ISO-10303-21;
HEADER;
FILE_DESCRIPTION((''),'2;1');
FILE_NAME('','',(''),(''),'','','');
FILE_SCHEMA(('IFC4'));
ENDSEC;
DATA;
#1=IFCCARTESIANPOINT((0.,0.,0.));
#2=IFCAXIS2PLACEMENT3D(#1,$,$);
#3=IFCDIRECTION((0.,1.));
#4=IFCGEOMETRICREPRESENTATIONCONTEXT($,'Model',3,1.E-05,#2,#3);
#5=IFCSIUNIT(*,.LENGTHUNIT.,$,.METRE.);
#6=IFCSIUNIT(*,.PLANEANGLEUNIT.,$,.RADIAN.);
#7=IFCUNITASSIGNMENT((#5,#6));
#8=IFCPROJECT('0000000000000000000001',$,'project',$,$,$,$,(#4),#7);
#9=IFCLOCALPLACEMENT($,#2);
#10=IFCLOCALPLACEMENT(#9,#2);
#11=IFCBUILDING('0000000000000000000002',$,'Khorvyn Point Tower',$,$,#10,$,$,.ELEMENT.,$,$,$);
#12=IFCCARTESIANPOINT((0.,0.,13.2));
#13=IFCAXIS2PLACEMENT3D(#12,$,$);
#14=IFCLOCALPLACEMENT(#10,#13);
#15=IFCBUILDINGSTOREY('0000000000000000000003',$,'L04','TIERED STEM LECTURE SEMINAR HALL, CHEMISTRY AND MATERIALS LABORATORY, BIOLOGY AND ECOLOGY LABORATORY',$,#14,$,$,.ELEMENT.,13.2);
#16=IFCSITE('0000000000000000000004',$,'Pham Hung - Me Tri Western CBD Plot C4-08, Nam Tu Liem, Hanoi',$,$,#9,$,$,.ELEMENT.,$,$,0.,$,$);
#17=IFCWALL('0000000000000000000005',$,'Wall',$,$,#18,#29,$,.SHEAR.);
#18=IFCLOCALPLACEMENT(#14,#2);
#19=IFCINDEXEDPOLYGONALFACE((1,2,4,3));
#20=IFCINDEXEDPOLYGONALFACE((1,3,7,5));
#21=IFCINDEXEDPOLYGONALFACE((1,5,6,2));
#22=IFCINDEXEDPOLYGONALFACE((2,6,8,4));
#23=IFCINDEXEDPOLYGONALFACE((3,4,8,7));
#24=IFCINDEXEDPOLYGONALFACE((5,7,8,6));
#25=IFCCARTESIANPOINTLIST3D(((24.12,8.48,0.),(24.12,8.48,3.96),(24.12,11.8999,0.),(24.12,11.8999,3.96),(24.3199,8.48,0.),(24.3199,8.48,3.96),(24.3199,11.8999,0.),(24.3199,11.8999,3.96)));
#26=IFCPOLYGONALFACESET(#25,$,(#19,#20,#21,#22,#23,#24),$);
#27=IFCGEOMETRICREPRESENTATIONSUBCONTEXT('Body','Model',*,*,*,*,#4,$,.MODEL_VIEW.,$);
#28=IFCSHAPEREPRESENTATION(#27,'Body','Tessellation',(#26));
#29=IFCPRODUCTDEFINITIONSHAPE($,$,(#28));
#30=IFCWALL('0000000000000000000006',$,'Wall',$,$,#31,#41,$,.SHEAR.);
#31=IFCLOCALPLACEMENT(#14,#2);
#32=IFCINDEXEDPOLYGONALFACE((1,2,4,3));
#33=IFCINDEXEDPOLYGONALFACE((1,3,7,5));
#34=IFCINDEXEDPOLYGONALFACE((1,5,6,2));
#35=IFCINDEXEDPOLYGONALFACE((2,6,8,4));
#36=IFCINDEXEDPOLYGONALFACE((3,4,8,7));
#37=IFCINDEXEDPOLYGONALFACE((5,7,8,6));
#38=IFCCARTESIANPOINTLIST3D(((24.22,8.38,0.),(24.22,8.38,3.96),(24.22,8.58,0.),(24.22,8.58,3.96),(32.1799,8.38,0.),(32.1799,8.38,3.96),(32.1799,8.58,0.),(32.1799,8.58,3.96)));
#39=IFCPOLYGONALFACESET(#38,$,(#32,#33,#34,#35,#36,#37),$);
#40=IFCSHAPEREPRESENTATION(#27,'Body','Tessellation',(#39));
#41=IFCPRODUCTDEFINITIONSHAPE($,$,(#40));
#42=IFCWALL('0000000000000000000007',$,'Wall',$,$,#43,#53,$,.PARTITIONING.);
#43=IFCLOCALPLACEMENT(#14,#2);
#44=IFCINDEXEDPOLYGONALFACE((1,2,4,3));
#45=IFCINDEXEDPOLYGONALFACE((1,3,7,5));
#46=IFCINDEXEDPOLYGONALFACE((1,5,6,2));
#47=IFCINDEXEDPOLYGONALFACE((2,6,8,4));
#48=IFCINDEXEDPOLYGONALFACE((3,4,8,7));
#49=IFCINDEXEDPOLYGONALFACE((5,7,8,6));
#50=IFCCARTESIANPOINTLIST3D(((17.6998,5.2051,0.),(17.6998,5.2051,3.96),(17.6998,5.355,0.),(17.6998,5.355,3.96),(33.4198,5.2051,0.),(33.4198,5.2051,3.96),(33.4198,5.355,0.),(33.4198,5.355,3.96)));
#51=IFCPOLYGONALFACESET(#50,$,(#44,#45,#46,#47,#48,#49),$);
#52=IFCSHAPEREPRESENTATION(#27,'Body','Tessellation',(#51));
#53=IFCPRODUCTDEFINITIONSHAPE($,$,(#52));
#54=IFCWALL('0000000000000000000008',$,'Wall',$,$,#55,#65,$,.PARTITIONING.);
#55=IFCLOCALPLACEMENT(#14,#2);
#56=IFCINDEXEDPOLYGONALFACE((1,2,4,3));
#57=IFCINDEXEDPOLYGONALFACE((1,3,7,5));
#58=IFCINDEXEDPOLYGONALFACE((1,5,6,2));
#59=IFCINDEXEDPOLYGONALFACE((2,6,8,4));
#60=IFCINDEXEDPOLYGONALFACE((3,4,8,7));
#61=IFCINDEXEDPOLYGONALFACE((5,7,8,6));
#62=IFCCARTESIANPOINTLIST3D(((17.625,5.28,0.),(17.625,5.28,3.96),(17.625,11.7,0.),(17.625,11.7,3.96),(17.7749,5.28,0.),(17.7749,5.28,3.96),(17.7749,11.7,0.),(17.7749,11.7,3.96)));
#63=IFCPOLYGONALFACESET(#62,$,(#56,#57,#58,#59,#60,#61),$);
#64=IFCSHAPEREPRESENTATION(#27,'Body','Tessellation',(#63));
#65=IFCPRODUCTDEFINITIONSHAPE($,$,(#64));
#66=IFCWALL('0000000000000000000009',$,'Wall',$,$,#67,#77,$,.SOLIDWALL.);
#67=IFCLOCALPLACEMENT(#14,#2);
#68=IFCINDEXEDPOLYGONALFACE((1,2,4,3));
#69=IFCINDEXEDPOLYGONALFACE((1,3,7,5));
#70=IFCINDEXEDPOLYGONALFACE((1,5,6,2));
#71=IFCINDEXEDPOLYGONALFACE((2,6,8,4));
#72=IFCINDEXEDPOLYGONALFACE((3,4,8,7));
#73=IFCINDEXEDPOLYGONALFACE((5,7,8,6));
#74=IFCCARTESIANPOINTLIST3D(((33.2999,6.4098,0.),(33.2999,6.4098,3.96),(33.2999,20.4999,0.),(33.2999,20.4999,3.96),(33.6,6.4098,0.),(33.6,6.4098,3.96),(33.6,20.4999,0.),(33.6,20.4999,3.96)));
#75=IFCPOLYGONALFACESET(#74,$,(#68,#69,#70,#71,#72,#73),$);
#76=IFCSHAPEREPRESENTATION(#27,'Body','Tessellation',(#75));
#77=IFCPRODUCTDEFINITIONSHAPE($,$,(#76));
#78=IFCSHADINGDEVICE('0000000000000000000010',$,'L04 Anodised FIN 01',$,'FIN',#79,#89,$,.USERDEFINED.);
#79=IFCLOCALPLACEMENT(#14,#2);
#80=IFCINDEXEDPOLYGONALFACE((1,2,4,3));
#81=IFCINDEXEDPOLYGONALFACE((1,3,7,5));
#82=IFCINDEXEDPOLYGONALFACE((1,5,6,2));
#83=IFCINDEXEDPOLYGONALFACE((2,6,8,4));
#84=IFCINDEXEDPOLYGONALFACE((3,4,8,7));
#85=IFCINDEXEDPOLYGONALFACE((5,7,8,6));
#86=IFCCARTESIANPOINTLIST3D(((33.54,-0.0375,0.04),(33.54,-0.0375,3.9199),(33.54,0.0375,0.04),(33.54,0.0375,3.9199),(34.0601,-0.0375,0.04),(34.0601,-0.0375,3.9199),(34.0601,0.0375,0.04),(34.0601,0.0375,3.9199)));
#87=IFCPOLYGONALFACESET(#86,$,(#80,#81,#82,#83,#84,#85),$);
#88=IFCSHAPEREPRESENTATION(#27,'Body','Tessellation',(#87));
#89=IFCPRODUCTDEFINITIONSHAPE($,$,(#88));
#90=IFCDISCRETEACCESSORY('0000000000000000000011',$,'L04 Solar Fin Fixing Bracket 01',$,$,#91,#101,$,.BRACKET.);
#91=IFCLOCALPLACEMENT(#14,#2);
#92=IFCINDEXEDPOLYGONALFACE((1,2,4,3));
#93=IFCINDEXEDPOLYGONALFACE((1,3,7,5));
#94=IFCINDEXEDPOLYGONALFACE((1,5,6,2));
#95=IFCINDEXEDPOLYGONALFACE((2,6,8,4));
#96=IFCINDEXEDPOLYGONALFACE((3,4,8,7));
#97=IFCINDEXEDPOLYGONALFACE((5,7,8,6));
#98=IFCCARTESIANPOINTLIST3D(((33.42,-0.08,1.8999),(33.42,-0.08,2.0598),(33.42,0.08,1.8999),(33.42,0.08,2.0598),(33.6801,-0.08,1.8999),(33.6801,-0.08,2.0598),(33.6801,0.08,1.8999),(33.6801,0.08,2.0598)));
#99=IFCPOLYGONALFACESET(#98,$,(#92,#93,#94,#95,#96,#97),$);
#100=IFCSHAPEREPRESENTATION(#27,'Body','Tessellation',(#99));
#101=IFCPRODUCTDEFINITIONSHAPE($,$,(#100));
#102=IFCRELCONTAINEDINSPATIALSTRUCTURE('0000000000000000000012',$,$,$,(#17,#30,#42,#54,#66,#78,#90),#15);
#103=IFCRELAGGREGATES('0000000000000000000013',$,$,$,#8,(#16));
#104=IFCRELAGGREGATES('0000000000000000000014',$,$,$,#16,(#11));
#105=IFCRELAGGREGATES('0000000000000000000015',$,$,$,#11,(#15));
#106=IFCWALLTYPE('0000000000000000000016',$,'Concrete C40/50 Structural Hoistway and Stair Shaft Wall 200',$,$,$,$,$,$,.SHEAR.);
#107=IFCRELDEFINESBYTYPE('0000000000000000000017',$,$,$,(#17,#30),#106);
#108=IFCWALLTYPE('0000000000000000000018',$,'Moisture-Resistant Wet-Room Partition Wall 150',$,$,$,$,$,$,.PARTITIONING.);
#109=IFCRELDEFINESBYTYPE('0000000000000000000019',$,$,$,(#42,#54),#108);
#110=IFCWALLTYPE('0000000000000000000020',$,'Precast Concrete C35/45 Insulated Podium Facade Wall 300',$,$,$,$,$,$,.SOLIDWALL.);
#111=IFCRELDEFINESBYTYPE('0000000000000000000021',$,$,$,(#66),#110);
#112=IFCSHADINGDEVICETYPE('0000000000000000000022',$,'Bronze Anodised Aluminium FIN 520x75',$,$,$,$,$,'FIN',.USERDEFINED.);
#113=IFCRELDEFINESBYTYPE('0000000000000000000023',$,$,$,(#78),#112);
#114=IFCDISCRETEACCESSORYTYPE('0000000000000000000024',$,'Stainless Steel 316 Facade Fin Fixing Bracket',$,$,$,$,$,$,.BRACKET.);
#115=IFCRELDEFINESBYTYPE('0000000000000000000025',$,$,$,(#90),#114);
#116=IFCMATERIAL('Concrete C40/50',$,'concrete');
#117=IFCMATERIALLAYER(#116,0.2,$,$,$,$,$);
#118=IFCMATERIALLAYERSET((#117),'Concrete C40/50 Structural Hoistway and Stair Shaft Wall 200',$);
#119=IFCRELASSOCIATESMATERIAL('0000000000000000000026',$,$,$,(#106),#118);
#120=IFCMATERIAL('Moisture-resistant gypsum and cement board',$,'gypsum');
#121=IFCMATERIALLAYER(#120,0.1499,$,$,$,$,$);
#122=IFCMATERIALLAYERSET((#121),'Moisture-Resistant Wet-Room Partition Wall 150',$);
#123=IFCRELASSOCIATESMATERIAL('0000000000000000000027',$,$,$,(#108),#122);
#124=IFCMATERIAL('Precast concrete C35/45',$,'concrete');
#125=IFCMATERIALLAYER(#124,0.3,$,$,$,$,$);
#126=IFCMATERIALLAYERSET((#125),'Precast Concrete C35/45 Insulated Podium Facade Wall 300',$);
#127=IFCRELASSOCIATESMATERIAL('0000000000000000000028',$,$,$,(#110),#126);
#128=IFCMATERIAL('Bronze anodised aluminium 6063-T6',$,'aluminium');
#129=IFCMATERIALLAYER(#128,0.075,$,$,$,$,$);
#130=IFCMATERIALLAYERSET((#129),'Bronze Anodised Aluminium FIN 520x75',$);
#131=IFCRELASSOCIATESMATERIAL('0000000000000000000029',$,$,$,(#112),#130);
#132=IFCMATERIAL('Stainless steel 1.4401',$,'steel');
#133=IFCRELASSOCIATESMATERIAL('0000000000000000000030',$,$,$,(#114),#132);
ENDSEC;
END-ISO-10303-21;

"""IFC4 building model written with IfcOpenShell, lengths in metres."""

from ifc_helpers import new_model, si_unit, direction, frame, frame_2d, origin, origin_2d, place, context, subcontext, project, spatial, rectangle, extrude, material, layer, layer_set, type_object, element, save


model = new_model("IFC4")

# Units and contexts
model_context = context("Model", 3, precision=1e-05, world=origin(), true_north=direction((0.0, 1.0)))
body_context = subcontext(model_context, "Body", "Model", "MODEL_VIEW")
ifc_project = project(units=[si_unit("LENGTHUNIT", "METRE"), si_unit("PLANEANGLEUNIT", "RADIAN")], contexts=[model_context])

# Site, building, storey
site_placement = place(None, origin())
site = spatial("IfcSite", under=ifc_project, at=site_placement, Name="Pham Hung - Me Tri Western CBD Plot C4-08, Nam Tu Liem, Hanoi", CompositionType="ELEMENT", RefElevation=0.0)
building_placement = place(site_placement, origin())
building = spatial("IfcBuilding", under=site, at=building_placement, Name="Khorvyn Point Tower", CompositionType="ELEMENT")
storey_placement = place(building_placement, frame((0.0, 0.0, 13.2)))
storey = spatial("IfcBuildingStorey", under=building, at=storey_placement, Name="L04", Description="TIERED STEM LECTURE SEMINAR HALL, CHEMISTRY AND MATERIALS LABORATORY, BIOLOGY AND ECOLOGY LABORATORY", CompositionType="ELEMENT", Elevation=13.2)

# Shared definitions
ifc_material_1 = material(Name="Concrete C40/50", Category="concrete")

# Walls
ifc_layer_1 = layer(ifc_material_1, 0.2)
ifc_layer_set_1 = layer_set([ifc_layer_1], Name="Concrete C40/50 Structural Hoistway and Stair Shaft Wall 200")
wall_type_1 = type_object("IfcWallType", Name="Concrete C40/50 Structural Hoistway and Stair Shaft Wall 200", PredefinedType="SHEAR", material=ifc_layer_set_1)
wall_1_placement = place(storey_placement, frame((24.22, 8.48, 0.0), z_axis=(0.0, 0.0, 1.0), x_axis=(0.0, 1.0, 0.0)))
element("IfcWall", 1, at=wall_1_placement, inside=storey, type_object=wall_type_1, Name="Wall", PredefinedType="SHEAR", context=body_context, shape_type="SweptSolid", body=[
    extrude(rectangle(XDim=3.4199, YDim=0.2, at=frame_2d((1.71, 0.0))), origin(), (0.0, 0.0, 1.0), 3.96),
])
wall_2_placement = place(storey_placement, frame((32.1799, 8.48, 0.0), z_axis=(0.0, 0.0, 1.0), x_axis=(-1.0, 0.0, 0.0)))
element("IfcWall", 2, at=wall_2_placement, inside=storey, type_object=wall_type_1, Name="Wall", PredefinedType="SHEAR", context=body_context, shape_type="SweptSolid", body=[
    extrude(rectangle(XDim=7.96, YDim=0.2, at=frame_2d((3.98, 0.0))), origin(), (0.0, 0.0, 1.0), 3.96),
])
ifc_material_2 = material(Name="Moisture-resistant gypsum and cement board", Category="gypsum")
ifc_layer_2 = layer(ifc_material_2, 0.1499)
ifc_layer_set_2 = layer_set([ifc_layer_2], Name="Moisture-Resistant Wet-Room Partition Wall 150")
wall_type_2 = type_object("IfcWallType", Name="Moisture-Resistant Wet-Room Partition Wall 150", PredefinedType="PARTITIONING", material=ifc_layer_set_2)
wall_3_placement = place(storey_placement, frame((17.7, 5.28, 0.0), z_axis=(0.0, 0.0, 1.0), x_axis=(1.0, 0.0, 0.0)))
element("IfcWall", 3, at=wall_3_placement, inside=storey, type_object=wall_type_2, Name="Wall", PredefinedType="PARTITIONING", context=body_context, shape_type="SweptSolid", body=[
    extrude(rectangle(XDim=15.72, YDim=0.1499, at=frame_2d((7.8599, 0.0))), origin(), (0.0, 0.0, 1.0), 3.96),
])
wall_4_placement = place(storey_placement, frame((17.7, 5.28, 0.0), z_axis=(0.0, 0.0, 1.0), x_axis=(0.0, 1.0, 0.0)))
element("IfcWall", 4, at=wall_4_placement, inside=storey, type_object=wall_type_2, Name="Wall", PredefinedType="PARTITIONING", context=body_context, shape_type="SweptSolid", body=[
    extrude(rectangle(XDim=6.4199, YDim=0.1499, at=frame_2d((3.21, 0.0))), origin(), (0.0, 0.0, 1.0), 3.96),
])
ifc_material_3 = material(Name="Precast concrete C35/45", Category="concrete")
ifc_layer_3 = layer(ifc_material_3, 0.3)
ifc_layer_set_3 = layer_set([ifc_layer_3], Name="Precast Concrete C35/45 Insulated Podium Facade Wall 300")
wall_type_3 = type_object("IfcWallType", Name="Precast Concrete C35/45 Insulated Podium Facade Wall 300", PredefinedType="SOLIDWALL", material=ifc_layer_set_3)
wall_5_placement = place(storey_placement, frame((33.45, 6.4099, 0.0), z_axis=(0.0, 0.0, 1.0), x_axis=(0.0, 1.0, 0.0)))
element("IfcWall", 5, at=wall_5_placement, inside=storey, type_object=wall_type_3, Name="Wall", PredefinedType="SOLIDWALL", context=body_context, shape_type="SweptSolid", body=[
    extrude(rectangle(XDim=14.0901, YDim=0.3, at=frame_2d((7.0449, 0.0))), origin(), (0.0, 0.0, 1.0), 3.96),
])

# Shading device
ifc_material_4 = material(Name="Bronze anodised aluminium 6063-T6", Category="aluminium")
ifc_layer_4 = layer(ifc_material_4, 0.075)
ifc_layer_set_4 = layer_set([ifc_layer_4], Name="Bronze Anodised Aluminium FIN 520x75")
shading_device_type = type_object("IfcShadingDeviceType", Name="Bronze Anodised Aluminium FIN 520x75", ElementType="FIN", PredefinedType="USERDEFINED", material=ifc_layer_set_4)
shading_device_placement = place(storey_placement, frame((33.8, 0.0, 0.04), z_axis=(0.0, 0.0, 1.0), x_axis=(1.0, 0.0, 0.0)))
element("IfcShadingDevice", 6, at=shading_device_placement, inside=storey, type_object=shading_device_type, Name="L04 Anodised FIN 01", ObjectType="FIN", PredefinedType="USERDEFINED", context=body_context, shape_type="SweptSolid", body=[
    extrude(rectangle(XDim=0.52, YDim=0.075, at=origin_2d()), origin(), (0.0, 0.0, 1.0), 3.8799),
])

# Discrete accessory
ifc_material_5 = material(Name="Stainless steel 1.4401", Category="steel")
discrete_accessory_type = type_object("IfcDiscreteAccessoryType", Name="Stainless Steel 316 Facade Fin Fixing Bracket", PredefinedType="BRACKET", material=ifc_material_5)
discrete_accessory_placement = place(storey_placement, frame((33.55, 0.0, 1.8999), z_axis=(0.0, 0.0, 1.0), x_axis=(0.0, 1.0, 0.0)))
element("IfcDiscreteAccessory", 7, at=discrete_accessory_placement, inside=storey, type_object=discrete_accessory_type, Name="L04 Solar Fin Fixing Bracket 01", PredefinedType="BRACKET", context=body_context, shape_type="SweptSolid", body=[
    extrude(rectangle(XDim=0.1599, YDim=0.26, at=origin_2d()), origin(), (0.0, 0.0, 1.0), 0.1599),
])

save(model, "model.ifc")
